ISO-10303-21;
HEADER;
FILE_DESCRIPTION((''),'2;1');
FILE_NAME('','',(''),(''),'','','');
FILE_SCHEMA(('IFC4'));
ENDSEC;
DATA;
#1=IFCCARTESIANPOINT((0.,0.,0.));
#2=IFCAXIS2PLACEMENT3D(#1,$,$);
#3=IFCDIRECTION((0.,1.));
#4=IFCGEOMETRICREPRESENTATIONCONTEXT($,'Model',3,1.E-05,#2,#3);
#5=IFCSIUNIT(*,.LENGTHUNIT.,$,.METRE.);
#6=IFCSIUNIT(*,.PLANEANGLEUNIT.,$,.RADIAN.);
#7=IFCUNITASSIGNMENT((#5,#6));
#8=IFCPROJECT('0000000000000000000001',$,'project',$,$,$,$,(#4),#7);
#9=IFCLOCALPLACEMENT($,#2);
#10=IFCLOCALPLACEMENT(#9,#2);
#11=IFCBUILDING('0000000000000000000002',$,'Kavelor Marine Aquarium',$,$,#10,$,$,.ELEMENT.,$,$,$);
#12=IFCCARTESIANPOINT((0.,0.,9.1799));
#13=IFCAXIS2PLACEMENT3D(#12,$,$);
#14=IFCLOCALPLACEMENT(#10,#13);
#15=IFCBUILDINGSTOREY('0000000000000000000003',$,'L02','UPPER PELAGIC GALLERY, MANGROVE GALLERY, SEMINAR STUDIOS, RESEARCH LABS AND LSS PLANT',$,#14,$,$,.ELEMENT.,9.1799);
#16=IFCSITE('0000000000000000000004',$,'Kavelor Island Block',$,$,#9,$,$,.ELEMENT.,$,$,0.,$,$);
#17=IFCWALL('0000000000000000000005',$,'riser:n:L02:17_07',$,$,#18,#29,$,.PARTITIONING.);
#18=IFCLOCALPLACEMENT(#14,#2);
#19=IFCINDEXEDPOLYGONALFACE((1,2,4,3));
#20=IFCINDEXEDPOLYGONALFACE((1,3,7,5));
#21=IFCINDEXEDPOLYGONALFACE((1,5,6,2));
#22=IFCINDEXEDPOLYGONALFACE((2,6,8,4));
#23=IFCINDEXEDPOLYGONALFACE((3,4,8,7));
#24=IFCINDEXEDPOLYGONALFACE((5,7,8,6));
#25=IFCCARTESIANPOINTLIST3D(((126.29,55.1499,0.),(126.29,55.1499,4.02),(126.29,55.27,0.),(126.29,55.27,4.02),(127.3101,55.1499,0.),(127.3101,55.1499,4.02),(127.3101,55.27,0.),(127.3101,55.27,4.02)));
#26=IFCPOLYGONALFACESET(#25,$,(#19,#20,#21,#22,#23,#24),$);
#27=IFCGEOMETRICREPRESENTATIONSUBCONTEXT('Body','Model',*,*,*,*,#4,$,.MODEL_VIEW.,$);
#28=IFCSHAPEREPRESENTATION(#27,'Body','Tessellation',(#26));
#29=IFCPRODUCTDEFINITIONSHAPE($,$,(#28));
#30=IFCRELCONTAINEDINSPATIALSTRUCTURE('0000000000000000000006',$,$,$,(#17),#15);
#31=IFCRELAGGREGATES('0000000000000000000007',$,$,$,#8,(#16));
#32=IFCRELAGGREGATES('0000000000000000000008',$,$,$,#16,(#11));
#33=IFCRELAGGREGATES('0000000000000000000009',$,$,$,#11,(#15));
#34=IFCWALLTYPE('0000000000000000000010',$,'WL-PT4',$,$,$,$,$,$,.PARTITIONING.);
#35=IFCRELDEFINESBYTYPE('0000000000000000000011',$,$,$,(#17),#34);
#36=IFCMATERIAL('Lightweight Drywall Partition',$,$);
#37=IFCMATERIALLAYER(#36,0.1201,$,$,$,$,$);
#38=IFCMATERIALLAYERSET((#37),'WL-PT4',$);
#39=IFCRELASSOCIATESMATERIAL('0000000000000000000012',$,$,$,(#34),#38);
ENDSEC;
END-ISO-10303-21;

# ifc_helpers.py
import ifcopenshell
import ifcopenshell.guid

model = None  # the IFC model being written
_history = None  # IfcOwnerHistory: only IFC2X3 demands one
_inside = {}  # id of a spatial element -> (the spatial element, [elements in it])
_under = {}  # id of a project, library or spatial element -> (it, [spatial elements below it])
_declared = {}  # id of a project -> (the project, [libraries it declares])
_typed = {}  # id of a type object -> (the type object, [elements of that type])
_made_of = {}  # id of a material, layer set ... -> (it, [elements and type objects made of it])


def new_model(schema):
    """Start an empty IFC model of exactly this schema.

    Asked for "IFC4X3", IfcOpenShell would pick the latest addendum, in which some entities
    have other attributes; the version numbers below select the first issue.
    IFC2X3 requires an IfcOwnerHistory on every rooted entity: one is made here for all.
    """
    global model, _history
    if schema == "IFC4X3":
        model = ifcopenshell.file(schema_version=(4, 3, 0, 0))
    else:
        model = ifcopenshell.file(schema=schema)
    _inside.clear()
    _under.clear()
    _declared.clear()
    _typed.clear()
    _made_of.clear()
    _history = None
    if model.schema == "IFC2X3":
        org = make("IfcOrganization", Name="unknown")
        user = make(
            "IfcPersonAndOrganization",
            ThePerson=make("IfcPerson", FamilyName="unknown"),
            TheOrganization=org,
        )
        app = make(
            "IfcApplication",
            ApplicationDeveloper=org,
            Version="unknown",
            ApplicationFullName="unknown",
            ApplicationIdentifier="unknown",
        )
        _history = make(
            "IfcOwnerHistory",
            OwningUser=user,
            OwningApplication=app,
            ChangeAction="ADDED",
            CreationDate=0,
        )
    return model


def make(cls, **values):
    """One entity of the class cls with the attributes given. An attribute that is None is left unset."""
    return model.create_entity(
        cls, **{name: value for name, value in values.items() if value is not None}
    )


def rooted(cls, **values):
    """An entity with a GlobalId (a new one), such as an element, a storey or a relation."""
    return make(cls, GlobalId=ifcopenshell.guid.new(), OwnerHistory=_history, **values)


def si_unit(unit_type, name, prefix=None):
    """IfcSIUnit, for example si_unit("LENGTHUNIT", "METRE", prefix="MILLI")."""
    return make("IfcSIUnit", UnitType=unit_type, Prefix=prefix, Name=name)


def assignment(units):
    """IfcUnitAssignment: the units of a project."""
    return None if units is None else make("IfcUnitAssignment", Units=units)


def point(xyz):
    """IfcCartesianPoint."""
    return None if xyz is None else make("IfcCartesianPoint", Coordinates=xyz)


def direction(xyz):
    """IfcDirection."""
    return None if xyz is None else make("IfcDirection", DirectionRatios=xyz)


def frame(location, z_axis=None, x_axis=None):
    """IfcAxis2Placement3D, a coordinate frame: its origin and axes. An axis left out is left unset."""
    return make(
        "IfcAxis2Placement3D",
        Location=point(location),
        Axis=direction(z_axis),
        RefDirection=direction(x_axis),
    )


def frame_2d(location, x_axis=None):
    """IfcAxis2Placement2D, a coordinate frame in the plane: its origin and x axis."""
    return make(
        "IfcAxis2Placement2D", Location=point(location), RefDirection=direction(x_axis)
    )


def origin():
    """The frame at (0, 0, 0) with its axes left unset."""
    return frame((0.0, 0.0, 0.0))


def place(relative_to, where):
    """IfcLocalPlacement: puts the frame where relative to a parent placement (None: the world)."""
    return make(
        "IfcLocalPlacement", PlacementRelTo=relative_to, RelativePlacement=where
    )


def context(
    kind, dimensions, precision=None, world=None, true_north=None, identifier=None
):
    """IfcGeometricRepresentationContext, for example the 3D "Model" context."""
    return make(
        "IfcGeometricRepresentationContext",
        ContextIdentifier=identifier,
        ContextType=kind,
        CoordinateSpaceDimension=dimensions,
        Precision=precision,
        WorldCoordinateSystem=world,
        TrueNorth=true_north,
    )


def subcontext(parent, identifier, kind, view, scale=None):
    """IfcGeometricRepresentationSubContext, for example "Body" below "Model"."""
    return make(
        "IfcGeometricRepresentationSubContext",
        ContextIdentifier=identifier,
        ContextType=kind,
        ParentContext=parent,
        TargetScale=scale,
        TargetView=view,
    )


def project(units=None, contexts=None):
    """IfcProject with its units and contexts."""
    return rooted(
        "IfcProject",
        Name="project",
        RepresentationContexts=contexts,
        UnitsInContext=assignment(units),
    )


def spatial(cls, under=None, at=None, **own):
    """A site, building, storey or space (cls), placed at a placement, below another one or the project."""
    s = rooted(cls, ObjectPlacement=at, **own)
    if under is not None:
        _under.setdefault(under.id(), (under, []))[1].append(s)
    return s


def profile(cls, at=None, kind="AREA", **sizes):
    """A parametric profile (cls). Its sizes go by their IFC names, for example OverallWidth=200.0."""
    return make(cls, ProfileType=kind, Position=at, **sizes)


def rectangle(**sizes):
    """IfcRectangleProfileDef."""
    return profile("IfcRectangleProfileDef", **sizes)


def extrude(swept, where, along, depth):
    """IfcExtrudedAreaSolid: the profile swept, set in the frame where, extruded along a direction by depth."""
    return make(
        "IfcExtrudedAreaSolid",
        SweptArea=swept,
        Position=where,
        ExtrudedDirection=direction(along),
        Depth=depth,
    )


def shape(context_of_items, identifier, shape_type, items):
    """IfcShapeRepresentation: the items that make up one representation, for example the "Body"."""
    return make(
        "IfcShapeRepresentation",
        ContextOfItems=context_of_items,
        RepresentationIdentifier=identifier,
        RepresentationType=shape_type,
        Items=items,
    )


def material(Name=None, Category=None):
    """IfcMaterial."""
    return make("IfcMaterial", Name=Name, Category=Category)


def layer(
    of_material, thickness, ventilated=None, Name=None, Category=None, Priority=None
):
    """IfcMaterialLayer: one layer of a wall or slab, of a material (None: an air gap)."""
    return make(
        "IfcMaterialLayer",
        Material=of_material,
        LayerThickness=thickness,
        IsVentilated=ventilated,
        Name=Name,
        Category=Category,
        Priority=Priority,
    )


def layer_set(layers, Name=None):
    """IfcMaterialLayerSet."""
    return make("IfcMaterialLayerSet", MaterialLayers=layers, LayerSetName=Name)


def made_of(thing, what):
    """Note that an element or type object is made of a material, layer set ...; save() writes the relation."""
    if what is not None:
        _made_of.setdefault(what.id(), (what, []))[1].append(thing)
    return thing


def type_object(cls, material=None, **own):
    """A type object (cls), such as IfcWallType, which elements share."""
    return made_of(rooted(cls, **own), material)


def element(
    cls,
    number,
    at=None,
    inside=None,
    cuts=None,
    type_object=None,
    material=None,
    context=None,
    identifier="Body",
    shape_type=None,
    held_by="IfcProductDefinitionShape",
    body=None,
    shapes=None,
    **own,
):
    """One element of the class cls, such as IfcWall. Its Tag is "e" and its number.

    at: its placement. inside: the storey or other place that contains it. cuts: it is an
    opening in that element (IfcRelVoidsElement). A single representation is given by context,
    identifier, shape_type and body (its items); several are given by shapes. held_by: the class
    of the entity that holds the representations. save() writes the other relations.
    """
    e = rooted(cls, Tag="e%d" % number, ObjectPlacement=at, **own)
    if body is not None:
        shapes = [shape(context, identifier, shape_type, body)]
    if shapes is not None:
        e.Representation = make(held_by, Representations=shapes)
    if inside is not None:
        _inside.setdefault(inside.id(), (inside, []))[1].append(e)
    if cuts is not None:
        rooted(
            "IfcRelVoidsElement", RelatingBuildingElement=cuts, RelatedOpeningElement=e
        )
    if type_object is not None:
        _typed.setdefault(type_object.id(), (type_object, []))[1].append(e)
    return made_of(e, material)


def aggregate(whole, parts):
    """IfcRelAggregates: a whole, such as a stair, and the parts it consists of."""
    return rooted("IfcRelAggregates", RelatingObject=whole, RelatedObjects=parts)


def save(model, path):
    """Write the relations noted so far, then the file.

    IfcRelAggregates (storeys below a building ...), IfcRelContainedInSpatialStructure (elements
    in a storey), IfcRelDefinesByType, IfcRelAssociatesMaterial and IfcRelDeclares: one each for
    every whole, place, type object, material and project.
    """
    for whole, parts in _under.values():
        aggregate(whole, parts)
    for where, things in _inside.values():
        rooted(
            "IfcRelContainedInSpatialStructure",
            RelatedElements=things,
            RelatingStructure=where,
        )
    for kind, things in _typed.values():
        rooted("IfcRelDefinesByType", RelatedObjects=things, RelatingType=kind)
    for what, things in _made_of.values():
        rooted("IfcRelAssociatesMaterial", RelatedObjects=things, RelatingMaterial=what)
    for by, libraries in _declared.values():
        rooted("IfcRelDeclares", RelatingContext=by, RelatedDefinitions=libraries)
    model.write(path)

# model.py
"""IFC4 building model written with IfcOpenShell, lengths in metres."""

from ifc_helpers import new_model, si_unit, direction, frame, frame_2d, origin, place, context, subcontext, project, spatial, rectangle, extrude, material, layer, layer_set, type_object, element, save


model = new_model("IFC4")

# Units and contexts
model_context = context("Model", 3, precision=1e-05, world=origin(), true_north=direction((0.0, 1.0)))
body_context = subcontext(model_context, "Body", "Model", "MODEL_VIEW")
ifc_project = project(units=[si_unit("LENGTHUNIT", "METRE"), si_unit("PLANEANGLEUNIT", "RADIAN")], contexts=[model_context])

# Site, building, storey
site_placement = place(None, origin())
site = spatial("IfcSite", under=ifc_project, at=site_placement, Name="Kavelor Island Block", CompositionType="ELEMENT", RefElevation=0.0)
building_placement = place(site_placement, origin())
building = spatial("IfcBuilding", under=site, at=building_placement, Name="Kavelor Marine Aquarium", CompositionType="ELEMENT")
storey_placement = place(building_placement, frame((0.0, 0.0, 9.1799)))
storey = spatial("IfcBuildingStorey", under=building, at=storey_placement, Name="L02", Description="UPPER PELAGIC GALLERY, MANGROVE GALLERY, SEMINAR STUDIOS, RESEARCH LABS AND LSS PLANT", CompositionType="ELEMENT", Elevation=9.1799)

# Wall
ifc_material_1 = material(Name="Lightweight Drywall Partition")
ifc_layer_1 = layer(ifc_material_1, 0.1201)
ifc_layer_set_1 = layer_set([ifc_layer_1], Name="WL-PT4")
wall_type = type_object("IfcWallType", Name="WL-PT4", PredefinedType="PARTITIONING", material=ifc_layer_set_1)
wall_placement = place(storey_placement, frame((126.29, 55.21, 0.0), z_axis=(0.0, 0.0, 1.0), x_axis=(1.0, 0.0, 0.0)))
element("IfcWall", 1, at=wall_placement, inside=storey, type_object=wall_type, Name="riser:n:L02:17_07", PredefinedType="PARTITIONING", context=body_context, shape_type="SweptSolid", body=[
    extrude(rectangle(XDim=1.02, YDim=0.1201, at=frame_2d((0.51, 0.0))), origin(), (0.0, 0.0, 1.0), 4.02),
])

save(model, "model.ifc")
